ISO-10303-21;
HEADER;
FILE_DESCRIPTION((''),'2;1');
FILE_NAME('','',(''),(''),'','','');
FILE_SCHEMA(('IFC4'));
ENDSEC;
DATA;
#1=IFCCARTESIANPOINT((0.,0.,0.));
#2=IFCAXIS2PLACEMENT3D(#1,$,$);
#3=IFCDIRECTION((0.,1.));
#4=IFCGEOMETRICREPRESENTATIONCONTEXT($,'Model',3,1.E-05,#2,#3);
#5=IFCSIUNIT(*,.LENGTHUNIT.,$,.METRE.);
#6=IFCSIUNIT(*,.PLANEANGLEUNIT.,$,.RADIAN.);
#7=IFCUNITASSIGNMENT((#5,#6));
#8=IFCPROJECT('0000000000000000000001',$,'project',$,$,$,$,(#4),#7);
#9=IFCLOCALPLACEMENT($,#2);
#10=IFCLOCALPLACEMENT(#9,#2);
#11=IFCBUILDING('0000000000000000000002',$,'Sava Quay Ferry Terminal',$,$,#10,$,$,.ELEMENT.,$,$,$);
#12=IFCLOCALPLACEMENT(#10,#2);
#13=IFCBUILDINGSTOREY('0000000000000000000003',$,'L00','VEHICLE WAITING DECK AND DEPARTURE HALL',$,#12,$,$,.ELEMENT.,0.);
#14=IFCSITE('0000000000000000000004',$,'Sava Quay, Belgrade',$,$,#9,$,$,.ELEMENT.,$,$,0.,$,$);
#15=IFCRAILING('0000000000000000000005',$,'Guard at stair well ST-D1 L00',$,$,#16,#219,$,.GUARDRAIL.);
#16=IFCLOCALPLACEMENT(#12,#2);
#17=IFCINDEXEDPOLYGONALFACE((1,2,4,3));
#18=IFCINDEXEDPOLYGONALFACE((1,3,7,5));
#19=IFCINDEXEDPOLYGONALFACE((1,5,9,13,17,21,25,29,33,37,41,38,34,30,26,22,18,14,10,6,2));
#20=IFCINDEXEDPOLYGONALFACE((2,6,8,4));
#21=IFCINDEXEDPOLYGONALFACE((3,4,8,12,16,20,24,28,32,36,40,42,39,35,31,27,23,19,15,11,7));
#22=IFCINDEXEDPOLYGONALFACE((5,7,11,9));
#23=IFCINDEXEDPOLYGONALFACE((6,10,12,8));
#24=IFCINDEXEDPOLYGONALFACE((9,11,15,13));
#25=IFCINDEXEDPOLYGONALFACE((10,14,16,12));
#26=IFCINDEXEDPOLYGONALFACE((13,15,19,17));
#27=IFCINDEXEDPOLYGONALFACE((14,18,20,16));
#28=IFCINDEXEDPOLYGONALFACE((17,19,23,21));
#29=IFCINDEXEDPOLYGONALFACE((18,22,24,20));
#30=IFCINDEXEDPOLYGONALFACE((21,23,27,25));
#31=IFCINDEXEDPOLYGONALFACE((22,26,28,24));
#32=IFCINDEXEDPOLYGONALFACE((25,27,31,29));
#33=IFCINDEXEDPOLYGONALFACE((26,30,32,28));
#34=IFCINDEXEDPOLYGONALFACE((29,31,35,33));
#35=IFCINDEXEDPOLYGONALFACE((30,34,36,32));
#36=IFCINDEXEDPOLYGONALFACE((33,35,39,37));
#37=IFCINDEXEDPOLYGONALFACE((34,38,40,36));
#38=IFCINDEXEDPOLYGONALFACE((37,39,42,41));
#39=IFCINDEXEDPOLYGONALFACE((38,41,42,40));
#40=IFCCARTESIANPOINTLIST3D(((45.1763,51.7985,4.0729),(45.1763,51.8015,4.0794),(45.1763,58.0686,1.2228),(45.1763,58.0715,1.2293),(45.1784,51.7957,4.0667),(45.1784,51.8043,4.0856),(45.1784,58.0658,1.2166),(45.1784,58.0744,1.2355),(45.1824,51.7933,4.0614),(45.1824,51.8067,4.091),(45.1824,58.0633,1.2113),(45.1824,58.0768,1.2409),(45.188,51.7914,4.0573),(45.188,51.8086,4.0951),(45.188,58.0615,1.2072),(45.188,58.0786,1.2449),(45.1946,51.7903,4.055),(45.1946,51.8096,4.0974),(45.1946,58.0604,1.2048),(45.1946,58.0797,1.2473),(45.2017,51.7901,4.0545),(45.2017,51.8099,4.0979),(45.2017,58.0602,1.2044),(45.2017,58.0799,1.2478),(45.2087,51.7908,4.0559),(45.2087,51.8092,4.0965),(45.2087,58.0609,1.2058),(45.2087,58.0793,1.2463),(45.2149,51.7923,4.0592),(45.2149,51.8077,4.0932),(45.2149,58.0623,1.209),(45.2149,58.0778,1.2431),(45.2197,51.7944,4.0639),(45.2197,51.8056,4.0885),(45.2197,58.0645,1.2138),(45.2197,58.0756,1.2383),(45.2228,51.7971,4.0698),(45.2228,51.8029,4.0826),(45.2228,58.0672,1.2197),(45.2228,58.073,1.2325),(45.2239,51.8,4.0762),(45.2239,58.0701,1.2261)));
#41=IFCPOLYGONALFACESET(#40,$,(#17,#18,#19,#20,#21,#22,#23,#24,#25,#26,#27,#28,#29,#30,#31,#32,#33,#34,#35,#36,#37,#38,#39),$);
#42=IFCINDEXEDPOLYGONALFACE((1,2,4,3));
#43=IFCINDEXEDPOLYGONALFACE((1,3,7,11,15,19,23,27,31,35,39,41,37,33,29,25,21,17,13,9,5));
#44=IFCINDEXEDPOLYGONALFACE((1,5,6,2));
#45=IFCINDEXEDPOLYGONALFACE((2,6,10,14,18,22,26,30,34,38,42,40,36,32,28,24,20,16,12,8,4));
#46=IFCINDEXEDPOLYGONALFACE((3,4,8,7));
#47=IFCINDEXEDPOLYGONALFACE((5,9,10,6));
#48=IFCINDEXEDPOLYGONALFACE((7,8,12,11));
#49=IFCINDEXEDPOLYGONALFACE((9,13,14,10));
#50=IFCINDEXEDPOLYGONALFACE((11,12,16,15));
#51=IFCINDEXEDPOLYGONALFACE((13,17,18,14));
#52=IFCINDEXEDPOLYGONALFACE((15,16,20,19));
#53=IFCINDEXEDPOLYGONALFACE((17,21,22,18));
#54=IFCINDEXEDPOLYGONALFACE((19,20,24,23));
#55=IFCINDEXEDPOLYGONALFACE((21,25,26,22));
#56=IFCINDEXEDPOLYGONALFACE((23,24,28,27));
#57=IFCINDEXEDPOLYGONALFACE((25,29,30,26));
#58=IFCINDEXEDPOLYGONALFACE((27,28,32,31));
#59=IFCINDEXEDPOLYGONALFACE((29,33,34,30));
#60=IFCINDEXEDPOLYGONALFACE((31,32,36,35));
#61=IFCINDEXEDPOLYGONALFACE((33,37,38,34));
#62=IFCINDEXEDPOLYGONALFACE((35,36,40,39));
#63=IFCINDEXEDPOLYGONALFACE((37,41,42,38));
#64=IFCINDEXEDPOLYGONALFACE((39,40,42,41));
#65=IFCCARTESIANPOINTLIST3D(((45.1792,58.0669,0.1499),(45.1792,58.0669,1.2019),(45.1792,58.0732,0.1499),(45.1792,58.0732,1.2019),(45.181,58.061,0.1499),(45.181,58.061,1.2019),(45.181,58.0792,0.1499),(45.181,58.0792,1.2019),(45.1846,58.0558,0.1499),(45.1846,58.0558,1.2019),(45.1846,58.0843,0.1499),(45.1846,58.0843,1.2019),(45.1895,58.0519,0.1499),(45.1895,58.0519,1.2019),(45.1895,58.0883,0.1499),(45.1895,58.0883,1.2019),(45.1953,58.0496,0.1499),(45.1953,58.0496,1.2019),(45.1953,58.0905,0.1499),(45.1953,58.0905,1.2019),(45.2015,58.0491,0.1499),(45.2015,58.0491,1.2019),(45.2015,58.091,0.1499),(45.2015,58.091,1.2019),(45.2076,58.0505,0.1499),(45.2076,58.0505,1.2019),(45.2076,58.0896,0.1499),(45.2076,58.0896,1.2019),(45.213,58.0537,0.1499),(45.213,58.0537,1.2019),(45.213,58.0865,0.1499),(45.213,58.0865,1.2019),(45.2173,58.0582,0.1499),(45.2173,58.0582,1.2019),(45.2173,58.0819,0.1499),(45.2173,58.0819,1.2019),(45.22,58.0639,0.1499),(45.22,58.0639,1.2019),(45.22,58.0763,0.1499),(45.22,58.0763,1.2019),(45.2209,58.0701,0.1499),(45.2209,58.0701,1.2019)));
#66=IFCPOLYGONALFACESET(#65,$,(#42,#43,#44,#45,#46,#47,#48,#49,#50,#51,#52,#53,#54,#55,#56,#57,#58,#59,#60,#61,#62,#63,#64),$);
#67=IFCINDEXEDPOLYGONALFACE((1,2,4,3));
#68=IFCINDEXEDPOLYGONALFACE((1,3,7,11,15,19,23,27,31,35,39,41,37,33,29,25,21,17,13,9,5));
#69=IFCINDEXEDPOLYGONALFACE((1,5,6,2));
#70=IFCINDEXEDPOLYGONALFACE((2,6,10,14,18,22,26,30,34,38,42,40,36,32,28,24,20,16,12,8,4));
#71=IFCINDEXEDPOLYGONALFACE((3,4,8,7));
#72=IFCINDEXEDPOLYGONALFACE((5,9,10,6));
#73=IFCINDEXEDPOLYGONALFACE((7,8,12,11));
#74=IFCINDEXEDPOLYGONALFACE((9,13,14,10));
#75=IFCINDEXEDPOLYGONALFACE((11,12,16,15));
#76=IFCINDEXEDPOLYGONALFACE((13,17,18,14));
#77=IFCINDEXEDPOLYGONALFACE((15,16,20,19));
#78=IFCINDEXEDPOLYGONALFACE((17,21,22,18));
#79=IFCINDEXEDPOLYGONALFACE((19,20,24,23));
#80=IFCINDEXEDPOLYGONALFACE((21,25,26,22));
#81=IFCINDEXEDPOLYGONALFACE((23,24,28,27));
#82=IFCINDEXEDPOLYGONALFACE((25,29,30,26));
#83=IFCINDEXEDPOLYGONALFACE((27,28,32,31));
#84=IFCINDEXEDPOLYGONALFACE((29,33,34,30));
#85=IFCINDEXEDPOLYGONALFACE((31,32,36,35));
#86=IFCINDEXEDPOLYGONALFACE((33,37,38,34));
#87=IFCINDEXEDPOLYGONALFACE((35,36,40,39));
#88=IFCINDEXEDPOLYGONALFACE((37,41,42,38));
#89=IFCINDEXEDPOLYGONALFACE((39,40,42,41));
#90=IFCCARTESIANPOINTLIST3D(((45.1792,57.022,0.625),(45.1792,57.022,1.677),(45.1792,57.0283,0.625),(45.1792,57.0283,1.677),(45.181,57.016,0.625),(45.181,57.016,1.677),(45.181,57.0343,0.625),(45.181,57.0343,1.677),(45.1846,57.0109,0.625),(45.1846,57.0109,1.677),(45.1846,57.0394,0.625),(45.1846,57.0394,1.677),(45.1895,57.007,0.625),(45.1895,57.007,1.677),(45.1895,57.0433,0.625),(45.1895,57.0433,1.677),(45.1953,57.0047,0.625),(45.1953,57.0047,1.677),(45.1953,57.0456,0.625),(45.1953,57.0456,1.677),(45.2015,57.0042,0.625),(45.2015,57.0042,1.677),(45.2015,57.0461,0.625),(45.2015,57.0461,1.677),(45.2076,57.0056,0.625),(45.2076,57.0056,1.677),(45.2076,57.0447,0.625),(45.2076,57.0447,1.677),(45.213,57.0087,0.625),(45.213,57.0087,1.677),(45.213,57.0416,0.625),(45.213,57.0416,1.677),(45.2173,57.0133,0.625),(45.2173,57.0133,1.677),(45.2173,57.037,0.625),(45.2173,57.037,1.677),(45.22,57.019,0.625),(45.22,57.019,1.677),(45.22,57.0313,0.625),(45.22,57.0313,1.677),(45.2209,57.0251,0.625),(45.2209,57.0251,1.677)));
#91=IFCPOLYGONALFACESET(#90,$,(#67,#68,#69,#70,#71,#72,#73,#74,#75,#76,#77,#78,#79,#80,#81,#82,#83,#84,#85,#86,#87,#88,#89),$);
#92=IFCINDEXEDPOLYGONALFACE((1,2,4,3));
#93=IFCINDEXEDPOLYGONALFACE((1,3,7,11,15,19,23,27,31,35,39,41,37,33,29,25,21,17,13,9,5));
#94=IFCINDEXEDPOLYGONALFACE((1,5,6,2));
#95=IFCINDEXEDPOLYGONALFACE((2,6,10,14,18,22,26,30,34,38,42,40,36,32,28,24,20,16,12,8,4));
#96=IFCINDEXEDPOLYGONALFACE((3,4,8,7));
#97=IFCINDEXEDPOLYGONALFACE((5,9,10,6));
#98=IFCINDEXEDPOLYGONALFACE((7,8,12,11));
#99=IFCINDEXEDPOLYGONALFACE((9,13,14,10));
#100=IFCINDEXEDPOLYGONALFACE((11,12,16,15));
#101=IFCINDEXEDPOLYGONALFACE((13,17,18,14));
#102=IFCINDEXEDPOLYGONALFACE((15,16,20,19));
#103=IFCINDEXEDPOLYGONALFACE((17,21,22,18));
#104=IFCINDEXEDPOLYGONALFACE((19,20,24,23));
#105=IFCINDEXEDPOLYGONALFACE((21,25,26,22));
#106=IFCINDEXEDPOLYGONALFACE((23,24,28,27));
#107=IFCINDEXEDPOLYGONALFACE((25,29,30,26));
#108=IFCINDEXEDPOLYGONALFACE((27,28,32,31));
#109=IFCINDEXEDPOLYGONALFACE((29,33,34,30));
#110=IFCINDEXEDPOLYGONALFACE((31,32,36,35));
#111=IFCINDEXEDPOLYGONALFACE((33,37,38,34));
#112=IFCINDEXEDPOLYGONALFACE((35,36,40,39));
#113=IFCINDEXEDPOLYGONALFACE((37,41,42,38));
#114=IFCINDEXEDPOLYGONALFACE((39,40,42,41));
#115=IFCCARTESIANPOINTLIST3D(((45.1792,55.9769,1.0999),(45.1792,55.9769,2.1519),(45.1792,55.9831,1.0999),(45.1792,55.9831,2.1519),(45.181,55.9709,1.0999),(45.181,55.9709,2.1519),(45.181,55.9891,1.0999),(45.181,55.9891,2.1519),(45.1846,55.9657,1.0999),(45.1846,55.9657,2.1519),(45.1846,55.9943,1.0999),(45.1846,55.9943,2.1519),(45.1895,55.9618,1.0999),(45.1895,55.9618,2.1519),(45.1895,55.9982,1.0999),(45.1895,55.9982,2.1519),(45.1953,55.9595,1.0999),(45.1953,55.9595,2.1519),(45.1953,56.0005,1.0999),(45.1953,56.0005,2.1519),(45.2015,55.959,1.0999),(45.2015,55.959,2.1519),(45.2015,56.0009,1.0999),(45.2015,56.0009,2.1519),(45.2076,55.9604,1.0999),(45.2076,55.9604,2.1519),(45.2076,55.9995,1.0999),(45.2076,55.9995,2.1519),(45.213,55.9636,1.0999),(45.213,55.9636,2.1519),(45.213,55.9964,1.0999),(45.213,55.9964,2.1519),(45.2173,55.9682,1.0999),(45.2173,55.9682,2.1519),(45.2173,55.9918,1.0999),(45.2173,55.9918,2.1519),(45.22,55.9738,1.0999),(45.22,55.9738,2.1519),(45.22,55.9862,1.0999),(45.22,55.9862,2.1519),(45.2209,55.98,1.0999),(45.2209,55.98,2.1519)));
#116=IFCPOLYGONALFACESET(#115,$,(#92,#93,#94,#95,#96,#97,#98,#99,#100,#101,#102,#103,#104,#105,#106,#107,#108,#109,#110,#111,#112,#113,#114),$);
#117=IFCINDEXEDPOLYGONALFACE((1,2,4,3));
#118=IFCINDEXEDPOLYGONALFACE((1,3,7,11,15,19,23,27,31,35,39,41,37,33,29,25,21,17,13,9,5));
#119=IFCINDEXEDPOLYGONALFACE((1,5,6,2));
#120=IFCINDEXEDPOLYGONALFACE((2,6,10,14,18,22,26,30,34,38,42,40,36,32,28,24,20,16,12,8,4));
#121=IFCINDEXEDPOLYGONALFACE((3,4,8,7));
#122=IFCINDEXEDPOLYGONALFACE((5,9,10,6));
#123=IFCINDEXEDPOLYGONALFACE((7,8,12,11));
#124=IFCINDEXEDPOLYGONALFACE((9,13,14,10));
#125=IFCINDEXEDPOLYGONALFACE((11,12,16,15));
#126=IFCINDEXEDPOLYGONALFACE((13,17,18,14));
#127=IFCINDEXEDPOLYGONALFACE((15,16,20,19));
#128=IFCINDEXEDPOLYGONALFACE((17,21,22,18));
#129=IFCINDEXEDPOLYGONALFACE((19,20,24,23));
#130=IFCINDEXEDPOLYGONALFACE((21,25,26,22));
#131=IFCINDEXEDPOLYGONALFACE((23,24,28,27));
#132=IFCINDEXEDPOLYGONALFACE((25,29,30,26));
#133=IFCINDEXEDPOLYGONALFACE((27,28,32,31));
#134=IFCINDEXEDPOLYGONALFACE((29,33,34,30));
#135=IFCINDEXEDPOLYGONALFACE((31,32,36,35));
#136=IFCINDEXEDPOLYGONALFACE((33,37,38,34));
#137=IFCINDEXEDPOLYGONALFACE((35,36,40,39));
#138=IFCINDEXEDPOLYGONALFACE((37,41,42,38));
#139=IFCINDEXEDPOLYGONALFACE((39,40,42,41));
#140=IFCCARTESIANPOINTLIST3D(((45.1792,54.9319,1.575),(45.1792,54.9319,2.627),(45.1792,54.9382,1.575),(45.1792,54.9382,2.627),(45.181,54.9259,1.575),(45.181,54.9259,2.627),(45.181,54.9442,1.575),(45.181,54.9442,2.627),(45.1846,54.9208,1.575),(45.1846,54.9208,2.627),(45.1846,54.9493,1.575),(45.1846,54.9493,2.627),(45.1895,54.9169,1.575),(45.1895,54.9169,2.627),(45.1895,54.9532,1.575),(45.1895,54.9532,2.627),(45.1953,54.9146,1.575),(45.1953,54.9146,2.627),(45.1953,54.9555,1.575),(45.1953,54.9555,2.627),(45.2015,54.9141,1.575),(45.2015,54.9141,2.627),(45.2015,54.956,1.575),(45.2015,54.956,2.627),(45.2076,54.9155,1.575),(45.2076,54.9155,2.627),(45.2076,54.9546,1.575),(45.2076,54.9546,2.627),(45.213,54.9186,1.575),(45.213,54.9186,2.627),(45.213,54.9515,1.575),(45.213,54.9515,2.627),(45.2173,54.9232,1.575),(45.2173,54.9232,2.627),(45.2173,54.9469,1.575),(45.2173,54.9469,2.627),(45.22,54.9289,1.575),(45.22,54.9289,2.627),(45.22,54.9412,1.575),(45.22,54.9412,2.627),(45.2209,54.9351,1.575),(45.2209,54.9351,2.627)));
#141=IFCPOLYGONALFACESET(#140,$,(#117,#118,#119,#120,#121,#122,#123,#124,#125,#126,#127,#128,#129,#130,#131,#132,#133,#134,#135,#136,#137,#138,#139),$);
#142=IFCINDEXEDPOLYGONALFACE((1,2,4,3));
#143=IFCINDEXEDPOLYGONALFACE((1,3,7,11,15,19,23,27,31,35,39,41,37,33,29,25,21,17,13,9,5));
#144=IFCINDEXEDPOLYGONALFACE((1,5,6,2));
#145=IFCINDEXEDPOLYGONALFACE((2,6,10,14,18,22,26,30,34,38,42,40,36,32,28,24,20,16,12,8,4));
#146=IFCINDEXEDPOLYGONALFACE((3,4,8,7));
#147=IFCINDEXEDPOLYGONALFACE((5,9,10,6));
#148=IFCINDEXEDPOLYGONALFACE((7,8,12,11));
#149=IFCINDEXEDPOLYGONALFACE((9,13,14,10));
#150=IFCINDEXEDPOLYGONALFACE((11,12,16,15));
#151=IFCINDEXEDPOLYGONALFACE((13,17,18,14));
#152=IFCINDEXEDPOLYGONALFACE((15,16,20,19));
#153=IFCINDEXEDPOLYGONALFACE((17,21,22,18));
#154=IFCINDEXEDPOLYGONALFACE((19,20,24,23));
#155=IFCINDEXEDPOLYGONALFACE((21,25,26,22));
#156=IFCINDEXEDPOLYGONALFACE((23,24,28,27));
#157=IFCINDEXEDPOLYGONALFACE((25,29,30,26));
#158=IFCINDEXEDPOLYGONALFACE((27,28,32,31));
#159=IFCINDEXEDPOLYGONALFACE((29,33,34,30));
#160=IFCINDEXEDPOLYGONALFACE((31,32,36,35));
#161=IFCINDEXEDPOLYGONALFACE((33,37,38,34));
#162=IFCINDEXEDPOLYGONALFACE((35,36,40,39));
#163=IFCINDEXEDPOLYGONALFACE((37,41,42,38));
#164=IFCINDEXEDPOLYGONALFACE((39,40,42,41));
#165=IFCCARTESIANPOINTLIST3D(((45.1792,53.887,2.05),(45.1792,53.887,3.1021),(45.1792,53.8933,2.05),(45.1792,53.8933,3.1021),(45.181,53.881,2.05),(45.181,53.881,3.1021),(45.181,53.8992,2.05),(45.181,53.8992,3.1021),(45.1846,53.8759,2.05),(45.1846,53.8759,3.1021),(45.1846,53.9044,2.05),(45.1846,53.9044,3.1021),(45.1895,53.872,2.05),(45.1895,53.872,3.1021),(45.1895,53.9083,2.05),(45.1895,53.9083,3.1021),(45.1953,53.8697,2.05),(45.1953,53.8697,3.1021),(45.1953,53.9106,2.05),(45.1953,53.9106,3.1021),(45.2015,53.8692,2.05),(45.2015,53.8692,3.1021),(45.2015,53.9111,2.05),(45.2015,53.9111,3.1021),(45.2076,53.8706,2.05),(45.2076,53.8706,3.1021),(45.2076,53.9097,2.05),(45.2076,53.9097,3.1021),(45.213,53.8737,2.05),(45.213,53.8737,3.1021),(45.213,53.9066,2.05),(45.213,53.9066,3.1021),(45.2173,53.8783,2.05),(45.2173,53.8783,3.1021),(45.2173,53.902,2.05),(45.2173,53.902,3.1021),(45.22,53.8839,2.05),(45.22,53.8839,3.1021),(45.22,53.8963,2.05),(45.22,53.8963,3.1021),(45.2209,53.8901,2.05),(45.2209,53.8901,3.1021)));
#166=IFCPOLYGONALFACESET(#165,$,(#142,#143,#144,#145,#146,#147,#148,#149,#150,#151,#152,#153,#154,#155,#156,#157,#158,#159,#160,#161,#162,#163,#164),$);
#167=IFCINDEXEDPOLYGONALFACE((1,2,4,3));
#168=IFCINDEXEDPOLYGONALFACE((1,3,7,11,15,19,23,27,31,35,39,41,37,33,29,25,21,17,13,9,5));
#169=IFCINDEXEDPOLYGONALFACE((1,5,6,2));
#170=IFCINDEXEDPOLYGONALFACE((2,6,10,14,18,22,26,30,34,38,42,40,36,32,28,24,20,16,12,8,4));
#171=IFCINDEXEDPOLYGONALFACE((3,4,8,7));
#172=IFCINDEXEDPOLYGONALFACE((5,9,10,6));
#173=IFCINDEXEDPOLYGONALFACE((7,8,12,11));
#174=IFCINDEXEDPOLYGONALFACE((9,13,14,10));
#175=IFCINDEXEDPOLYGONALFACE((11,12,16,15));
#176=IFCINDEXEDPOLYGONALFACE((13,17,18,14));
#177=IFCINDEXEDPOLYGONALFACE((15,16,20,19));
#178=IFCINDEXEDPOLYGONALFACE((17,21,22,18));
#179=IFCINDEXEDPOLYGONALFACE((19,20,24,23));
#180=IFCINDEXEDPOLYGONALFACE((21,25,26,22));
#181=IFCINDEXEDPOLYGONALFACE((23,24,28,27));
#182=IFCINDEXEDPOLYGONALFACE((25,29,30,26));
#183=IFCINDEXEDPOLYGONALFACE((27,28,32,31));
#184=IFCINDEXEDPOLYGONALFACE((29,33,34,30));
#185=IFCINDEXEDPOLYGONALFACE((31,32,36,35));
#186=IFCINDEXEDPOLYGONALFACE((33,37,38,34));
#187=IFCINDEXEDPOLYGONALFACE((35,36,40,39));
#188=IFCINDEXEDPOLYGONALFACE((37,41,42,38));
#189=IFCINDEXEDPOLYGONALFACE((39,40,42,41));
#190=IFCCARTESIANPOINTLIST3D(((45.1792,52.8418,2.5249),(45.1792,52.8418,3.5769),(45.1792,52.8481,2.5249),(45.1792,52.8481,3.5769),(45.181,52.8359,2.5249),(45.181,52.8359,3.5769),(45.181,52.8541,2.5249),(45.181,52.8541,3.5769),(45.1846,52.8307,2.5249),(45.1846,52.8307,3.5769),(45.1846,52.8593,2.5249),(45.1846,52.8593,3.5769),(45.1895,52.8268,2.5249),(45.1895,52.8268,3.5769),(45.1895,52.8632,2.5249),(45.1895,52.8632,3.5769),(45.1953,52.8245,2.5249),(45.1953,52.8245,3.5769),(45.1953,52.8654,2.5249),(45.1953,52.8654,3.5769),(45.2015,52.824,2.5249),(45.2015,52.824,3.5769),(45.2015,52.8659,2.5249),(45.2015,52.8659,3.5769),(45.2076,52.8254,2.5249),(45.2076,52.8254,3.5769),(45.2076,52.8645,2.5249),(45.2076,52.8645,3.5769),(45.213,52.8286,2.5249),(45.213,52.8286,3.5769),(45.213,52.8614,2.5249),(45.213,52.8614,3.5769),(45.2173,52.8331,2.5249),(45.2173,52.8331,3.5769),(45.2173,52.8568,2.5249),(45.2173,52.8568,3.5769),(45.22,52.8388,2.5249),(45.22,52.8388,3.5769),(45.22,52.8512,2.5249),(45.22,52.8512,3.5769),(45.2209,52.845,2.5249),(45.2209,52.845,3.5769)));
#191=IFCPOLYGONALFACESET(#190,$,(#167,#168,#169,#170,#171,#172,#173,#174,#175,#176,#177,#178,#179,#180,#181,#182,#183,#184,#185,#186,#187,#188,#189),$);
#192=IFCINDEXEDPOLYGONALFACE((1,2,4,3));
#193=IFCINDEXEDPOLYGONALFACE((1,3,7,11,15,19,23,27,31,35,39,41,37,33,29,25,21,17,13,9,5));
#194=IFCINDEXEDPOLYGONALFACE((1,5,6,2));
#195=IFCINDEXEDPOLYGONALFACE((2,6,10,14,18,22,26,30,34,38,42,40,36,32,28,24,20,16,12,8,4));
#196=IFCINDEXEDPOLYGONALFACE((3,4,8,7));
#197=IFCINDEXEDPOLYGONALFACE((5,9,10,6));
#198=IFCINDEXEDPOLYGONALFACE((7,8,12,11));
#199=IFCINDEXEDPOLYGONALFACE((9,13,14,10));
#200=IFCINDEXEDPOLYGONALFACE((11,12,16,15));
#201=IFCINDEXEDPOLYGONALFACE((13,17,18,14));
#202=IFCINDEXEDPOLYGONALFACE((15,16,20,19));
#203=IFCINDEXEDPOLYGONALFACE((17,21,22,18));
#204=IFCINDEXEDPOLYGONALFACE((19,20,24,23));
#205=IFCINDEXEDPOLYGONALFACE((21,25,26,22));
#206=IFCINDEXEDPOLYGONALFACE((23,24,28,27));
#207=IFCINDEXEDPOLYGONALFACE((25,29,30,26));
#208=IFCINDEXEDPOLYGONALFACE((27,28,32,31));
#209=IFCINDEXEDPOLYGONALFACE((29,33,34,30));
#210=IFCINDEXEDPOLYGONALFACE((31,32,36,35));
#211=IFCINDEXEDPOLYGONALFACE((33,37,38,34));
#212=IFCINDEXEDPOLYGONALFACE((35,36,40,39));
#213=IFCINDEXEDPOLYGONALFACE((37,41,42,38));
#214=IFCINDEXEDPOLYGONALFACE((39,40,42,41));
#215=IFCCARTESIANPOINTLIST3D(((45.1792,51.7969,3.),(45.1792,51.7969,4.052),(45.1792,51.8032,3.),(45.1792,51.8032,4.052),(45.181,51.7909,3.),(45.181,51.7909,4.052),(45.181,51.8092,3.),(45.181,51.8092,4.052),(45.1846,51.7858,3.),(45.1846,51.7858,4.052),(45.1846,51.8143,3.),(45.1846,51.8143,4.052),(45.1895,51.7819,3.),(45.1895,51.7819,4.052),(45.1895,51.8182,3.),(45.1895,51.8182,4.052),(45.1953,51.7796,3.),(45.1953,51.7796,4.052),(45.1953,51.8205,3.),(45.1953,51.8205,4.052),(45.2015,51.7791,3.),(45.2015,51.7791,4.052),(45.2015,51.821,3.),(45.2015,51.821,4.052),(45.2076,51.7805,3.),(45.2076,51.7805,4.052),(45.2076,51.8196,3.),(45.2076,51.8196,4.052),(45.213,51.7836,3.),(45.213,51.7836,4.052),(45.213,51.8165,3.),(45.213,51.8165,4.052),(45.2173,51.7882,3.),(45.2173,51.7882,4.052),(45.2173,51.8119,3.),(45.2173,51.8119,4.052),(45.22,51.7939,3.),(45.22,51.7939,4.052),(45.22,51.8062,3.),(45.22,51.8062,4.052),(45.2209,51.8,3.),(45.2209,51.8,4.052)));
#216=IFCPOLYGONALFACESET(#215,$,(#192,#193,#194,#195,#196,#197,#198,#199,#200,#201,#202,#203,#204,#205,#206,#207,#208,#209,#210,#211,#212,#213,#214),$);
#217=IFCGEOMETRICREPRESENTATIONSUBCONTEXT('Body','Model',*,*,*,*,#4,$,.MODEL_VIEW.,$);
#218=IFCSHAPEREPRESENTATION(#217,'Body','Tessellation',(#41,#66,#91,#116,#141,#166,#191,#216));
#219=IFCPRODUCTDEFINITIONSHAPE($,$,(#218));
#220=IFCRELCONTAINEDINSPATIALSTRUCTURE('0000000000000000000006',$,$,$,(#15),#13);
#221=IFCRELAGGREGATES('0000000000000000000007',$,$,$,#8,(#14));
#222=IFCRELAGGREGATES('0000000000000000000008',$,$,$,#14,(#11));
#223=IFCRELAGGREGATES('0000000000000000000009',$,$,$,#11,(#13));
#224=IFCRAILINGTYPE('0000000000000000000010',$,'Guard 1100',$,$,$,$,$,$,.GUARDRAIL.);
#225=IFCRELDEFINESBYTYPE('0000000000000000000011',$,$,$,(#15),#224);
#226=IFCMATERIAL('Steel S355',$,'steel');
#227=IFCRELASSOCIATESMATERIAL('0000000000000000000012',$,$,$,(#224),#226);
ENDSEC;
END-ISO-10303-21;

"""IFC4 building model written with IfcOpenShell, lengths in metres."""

from ifc_helpers import new_model, si_unit, direction, frame, origin, origin_2d, place, context, subcontext, project, spatial, circle, extrude, material, type_object, element, save


model = new_model("IFC4")

# Units and contexts
model_context = context("Model", 3, precision=1e-05, world=origin(), true_north=direction((0.0, 1.0)))
body_context = subcontext(model_context, "Body", "Model", "MODEL_VIEW")
ifc_project = project(units=[si_unit("LENGTHUNIT", "METRE"), si_unit("PLANEANGLEUNIT", "RADIAN")], contexts=[model_context])

# Site, building, storey
site_placement = place(None, origin())
site = spatial("IfcSite", under=ifc_project, at=site_placement, Name="Sava Quay, Belgrade", CompositionType="ELEMENT", RefElevation=0.0)
building_placement = place(site_placement, origin())
building = spatial("IfcBuilding", under=site, at=building_placement, Name="Sava Quay Ferry Terminal", CompositionType="ELEMENT")
storey_placement = place(building_placement, origin())
storey = spatial("IfcBuildingStorey", under=building, at=storey_placement, Name="L00", Description="VEHICLE WAITING DECK AND DEPARTURE HALL", CompositionType="ELEMENT", Elevation=0.0)

# Railing
ifc_material_1 = material(Name="Steel S355", Category="steel")
railing_type_1 = type_object("IfcRailingType", Name="Guard 1100", PredefinedType="GUARDRAIL", material=ifc_material_1)
railing_1_placement = place(storey_placement, frame((45.2, 58.0701, 0.1499)))
element("IfcRailing", 1, at=railing_1_placement, inside=storey, type_object=railing_type_1, Name="Guard at stair well ST-D1 L00", PredefinedType="GUARDRAIL", context=body_context, shape_type="SweptSolid", body=[
    extrude(circle(Radius=0.0239, at=origin_2d()), frame((0.0, 0.0, 1.0762), z_axis=(0.0, -0.910362, 0.413814), x_axis=(1.0, 0.0, 0.0)), (0.0, 0.0, 1.0), 6.8875),
    extrude(circle(Radius=0.021, at=origin_2d()), origin(), (0.0, 0.0, 1.0), 1.052),
    extrude(circle(Radius=0.021, at=origin_2d()), frame((0.0, -1.0449, 0.4751)), (0.0, 0.0, 1.0), 1.052),
    extrude(circle(Radius=0.021, at=origin_2d()), frame((0.0, -2.0901, 0.95)), (0.0, 0.0, 1.0), 1.052),
    extrude(circle(Radius=0.021, at=origin_2d()), frame((0.0, -3.135, 1.425)), (0.0, 0.0, 1.0), 1.052),
    extrude(circle(Radius=0.021, at=origin_2d()), frame((0.0, -4.1799, 1.9001)), (0.0, 0.0, 1.0), 1.052),
    extrude(circle(Radius=0.021, at=origin_2d()), frame((0.0, -5.2251, 2.375)), (0.0, 0.0, 1.0), 1.052),
    extrude(circle(Radius=0.021, at=origin_2d()), frame((0.0, -6.27, 2.8501)), (0.0, 0.0, 1.0), 1.052),
])

save(model, "model.ifc")
